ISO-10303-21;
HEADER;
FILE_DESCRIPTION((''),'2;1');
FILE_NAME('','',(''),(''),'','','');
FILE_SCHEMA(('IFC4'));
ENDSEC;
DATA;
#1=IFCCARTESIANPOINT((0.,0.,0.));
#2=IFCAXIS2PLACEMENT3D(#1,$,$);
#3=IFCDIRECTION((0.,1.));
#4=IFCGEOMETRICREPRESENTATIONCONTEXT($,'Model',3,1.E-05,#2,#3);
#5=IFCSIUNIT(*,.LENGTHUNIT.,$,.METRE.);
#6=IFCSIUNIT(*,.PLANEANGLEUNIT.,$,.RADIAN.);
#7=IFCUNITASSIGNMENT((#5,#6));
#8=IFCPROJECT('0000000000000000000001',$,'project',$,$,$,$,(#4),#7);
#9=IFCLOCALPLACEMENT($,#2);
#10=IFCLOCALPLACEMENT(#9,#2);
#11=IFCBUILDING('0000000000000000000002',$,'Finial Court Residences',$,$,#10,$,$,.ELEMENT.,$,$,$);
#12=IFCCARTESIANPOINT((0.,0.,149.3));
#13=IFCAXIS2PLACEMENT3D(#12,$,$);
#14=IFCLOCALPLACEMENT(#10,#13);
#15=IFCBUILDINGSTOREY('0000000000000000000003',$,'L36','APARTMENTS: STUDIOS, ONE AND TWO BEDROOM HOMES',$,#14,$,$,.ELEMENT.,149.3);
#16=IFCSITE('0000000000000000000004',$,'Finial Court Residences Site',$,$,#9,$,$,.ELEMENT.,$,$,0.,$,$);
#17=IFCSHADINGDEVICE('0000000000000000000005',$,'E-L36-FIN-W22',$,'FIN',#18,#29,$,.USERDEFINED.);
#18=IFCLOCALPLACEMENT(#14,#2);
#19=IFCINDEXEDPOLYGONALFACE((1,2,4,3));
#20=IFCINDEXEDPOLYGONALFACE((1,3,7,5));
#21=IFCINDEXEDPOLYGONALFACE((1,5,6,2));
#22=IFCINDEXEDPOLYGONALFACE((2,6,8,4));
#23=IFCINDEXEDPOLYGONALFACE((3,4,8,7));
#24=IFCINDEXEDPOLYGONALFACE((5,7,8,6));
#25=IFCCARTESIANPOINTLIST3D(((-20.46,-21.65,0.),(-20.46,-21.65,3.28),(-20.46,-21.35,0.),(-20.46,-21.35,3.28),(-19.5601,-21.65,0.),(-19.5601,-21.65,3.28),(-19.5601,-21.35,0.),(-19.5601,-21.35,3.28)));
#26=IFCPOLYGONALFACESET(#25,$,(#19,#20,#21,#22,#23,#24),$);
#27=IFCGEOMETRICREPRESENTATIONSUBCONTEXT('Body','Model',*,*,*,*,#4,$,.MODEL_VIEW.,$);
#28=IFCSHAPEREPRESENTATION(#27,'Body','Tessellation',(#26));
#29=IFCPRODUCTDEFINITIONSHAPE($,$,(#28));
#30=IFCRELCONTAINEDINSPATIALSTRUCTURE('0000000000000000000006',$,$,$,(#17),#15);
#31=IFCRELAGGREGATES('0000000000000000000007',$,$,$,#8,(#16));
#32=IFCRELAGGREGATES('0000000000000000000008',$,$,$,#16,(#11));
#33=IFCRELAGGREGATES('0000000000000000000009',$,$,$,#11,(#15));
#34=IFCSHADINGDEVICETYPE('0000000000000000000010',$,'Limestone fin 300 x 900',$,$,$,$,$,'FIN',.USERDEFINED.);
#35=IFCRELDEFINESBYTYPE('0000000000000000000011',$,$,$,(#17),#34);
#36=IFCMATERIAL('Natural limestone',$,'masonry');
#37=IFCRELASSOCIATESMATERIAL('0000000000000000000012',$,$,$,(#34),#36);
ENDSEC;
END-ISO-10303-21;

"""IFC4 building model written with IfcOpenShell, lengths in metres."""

from ifc_helpers import new_model, si_unit, direction, frame, origin, origin_2d, place, context, subcontext, project, spatial, rectangle, extrude, material, type_object, element, save


model = new_model("IFC4")

# Units and contexts
model_context = context("Model", 3, precision=1e-05, world=origin(), true_north=direction((0.0, 1.0)))
body_context = subcontext(model_context, "Body", "Model", "MODEL_VIEW")
ifc_project = project(units=[si_unit("LENGTHUNIT", "METRE"), si_unit("PLANEANGLEUNIT", "RADIAN")], contexts=[model_context])

# Site, building, storey
site_placement = place(None, origin())
site = spatial("IfcSite", under=ifc_project, at=site_placement, Name="Finial Court Residences Site", CompositionType="ELEMENT", RefElevation=0.0)
building_placement = place(site_placement, origin())
building = spatial("IfcBuilding", under=site, at=building_placement, Name="Finial Court Residences", CompositionType="ELEMENT")
storey_placement = place(building_placement, frame((0.0, 0.0, 149.3)))
storey = spatial("IfcBuildingStorey", under=building, at=storey_placement, Name="L36", Description="APARTMENTS: STUDIOS, ONE AND TWO BEDROOM HOMES", CompositionType="ELEMENT", Elevation=149.3)

# Shared definitions
ifc_material_1 = material(Name="Natural limestone", Category="masonry")

# Shading device
shading_device_type = type_object("IfcShadingDeviceType", Name="Limestone fin 300 x 900", ElementType="FIN", PredefinedType="USERDEFINED", material=ifc_material_1)
shading_device_1_placement = place(storey_placement, frame((-20.01, -21.5, 0.0), z_axis=(0.0, 0.0, 1.0), x_axis=(1.0, 0.0, 0.0)))
element("IfcShadingDevice", 1, at=shading_device_1_placement, inside=storey, type_object=shading_device_type, Name="E-L36-FIN-W22", ObjectType="FIN", PredefinedType="USERDEFINED", context=body_context, shape_type="SweptSolid", body=[
    extrude(rectangle(XDim=0.8999, YDim=0.3, at=origin_2d()), origin(), (0.0, 0.0, 1.0), 3.28),
])

save(model, "model.ifc")
